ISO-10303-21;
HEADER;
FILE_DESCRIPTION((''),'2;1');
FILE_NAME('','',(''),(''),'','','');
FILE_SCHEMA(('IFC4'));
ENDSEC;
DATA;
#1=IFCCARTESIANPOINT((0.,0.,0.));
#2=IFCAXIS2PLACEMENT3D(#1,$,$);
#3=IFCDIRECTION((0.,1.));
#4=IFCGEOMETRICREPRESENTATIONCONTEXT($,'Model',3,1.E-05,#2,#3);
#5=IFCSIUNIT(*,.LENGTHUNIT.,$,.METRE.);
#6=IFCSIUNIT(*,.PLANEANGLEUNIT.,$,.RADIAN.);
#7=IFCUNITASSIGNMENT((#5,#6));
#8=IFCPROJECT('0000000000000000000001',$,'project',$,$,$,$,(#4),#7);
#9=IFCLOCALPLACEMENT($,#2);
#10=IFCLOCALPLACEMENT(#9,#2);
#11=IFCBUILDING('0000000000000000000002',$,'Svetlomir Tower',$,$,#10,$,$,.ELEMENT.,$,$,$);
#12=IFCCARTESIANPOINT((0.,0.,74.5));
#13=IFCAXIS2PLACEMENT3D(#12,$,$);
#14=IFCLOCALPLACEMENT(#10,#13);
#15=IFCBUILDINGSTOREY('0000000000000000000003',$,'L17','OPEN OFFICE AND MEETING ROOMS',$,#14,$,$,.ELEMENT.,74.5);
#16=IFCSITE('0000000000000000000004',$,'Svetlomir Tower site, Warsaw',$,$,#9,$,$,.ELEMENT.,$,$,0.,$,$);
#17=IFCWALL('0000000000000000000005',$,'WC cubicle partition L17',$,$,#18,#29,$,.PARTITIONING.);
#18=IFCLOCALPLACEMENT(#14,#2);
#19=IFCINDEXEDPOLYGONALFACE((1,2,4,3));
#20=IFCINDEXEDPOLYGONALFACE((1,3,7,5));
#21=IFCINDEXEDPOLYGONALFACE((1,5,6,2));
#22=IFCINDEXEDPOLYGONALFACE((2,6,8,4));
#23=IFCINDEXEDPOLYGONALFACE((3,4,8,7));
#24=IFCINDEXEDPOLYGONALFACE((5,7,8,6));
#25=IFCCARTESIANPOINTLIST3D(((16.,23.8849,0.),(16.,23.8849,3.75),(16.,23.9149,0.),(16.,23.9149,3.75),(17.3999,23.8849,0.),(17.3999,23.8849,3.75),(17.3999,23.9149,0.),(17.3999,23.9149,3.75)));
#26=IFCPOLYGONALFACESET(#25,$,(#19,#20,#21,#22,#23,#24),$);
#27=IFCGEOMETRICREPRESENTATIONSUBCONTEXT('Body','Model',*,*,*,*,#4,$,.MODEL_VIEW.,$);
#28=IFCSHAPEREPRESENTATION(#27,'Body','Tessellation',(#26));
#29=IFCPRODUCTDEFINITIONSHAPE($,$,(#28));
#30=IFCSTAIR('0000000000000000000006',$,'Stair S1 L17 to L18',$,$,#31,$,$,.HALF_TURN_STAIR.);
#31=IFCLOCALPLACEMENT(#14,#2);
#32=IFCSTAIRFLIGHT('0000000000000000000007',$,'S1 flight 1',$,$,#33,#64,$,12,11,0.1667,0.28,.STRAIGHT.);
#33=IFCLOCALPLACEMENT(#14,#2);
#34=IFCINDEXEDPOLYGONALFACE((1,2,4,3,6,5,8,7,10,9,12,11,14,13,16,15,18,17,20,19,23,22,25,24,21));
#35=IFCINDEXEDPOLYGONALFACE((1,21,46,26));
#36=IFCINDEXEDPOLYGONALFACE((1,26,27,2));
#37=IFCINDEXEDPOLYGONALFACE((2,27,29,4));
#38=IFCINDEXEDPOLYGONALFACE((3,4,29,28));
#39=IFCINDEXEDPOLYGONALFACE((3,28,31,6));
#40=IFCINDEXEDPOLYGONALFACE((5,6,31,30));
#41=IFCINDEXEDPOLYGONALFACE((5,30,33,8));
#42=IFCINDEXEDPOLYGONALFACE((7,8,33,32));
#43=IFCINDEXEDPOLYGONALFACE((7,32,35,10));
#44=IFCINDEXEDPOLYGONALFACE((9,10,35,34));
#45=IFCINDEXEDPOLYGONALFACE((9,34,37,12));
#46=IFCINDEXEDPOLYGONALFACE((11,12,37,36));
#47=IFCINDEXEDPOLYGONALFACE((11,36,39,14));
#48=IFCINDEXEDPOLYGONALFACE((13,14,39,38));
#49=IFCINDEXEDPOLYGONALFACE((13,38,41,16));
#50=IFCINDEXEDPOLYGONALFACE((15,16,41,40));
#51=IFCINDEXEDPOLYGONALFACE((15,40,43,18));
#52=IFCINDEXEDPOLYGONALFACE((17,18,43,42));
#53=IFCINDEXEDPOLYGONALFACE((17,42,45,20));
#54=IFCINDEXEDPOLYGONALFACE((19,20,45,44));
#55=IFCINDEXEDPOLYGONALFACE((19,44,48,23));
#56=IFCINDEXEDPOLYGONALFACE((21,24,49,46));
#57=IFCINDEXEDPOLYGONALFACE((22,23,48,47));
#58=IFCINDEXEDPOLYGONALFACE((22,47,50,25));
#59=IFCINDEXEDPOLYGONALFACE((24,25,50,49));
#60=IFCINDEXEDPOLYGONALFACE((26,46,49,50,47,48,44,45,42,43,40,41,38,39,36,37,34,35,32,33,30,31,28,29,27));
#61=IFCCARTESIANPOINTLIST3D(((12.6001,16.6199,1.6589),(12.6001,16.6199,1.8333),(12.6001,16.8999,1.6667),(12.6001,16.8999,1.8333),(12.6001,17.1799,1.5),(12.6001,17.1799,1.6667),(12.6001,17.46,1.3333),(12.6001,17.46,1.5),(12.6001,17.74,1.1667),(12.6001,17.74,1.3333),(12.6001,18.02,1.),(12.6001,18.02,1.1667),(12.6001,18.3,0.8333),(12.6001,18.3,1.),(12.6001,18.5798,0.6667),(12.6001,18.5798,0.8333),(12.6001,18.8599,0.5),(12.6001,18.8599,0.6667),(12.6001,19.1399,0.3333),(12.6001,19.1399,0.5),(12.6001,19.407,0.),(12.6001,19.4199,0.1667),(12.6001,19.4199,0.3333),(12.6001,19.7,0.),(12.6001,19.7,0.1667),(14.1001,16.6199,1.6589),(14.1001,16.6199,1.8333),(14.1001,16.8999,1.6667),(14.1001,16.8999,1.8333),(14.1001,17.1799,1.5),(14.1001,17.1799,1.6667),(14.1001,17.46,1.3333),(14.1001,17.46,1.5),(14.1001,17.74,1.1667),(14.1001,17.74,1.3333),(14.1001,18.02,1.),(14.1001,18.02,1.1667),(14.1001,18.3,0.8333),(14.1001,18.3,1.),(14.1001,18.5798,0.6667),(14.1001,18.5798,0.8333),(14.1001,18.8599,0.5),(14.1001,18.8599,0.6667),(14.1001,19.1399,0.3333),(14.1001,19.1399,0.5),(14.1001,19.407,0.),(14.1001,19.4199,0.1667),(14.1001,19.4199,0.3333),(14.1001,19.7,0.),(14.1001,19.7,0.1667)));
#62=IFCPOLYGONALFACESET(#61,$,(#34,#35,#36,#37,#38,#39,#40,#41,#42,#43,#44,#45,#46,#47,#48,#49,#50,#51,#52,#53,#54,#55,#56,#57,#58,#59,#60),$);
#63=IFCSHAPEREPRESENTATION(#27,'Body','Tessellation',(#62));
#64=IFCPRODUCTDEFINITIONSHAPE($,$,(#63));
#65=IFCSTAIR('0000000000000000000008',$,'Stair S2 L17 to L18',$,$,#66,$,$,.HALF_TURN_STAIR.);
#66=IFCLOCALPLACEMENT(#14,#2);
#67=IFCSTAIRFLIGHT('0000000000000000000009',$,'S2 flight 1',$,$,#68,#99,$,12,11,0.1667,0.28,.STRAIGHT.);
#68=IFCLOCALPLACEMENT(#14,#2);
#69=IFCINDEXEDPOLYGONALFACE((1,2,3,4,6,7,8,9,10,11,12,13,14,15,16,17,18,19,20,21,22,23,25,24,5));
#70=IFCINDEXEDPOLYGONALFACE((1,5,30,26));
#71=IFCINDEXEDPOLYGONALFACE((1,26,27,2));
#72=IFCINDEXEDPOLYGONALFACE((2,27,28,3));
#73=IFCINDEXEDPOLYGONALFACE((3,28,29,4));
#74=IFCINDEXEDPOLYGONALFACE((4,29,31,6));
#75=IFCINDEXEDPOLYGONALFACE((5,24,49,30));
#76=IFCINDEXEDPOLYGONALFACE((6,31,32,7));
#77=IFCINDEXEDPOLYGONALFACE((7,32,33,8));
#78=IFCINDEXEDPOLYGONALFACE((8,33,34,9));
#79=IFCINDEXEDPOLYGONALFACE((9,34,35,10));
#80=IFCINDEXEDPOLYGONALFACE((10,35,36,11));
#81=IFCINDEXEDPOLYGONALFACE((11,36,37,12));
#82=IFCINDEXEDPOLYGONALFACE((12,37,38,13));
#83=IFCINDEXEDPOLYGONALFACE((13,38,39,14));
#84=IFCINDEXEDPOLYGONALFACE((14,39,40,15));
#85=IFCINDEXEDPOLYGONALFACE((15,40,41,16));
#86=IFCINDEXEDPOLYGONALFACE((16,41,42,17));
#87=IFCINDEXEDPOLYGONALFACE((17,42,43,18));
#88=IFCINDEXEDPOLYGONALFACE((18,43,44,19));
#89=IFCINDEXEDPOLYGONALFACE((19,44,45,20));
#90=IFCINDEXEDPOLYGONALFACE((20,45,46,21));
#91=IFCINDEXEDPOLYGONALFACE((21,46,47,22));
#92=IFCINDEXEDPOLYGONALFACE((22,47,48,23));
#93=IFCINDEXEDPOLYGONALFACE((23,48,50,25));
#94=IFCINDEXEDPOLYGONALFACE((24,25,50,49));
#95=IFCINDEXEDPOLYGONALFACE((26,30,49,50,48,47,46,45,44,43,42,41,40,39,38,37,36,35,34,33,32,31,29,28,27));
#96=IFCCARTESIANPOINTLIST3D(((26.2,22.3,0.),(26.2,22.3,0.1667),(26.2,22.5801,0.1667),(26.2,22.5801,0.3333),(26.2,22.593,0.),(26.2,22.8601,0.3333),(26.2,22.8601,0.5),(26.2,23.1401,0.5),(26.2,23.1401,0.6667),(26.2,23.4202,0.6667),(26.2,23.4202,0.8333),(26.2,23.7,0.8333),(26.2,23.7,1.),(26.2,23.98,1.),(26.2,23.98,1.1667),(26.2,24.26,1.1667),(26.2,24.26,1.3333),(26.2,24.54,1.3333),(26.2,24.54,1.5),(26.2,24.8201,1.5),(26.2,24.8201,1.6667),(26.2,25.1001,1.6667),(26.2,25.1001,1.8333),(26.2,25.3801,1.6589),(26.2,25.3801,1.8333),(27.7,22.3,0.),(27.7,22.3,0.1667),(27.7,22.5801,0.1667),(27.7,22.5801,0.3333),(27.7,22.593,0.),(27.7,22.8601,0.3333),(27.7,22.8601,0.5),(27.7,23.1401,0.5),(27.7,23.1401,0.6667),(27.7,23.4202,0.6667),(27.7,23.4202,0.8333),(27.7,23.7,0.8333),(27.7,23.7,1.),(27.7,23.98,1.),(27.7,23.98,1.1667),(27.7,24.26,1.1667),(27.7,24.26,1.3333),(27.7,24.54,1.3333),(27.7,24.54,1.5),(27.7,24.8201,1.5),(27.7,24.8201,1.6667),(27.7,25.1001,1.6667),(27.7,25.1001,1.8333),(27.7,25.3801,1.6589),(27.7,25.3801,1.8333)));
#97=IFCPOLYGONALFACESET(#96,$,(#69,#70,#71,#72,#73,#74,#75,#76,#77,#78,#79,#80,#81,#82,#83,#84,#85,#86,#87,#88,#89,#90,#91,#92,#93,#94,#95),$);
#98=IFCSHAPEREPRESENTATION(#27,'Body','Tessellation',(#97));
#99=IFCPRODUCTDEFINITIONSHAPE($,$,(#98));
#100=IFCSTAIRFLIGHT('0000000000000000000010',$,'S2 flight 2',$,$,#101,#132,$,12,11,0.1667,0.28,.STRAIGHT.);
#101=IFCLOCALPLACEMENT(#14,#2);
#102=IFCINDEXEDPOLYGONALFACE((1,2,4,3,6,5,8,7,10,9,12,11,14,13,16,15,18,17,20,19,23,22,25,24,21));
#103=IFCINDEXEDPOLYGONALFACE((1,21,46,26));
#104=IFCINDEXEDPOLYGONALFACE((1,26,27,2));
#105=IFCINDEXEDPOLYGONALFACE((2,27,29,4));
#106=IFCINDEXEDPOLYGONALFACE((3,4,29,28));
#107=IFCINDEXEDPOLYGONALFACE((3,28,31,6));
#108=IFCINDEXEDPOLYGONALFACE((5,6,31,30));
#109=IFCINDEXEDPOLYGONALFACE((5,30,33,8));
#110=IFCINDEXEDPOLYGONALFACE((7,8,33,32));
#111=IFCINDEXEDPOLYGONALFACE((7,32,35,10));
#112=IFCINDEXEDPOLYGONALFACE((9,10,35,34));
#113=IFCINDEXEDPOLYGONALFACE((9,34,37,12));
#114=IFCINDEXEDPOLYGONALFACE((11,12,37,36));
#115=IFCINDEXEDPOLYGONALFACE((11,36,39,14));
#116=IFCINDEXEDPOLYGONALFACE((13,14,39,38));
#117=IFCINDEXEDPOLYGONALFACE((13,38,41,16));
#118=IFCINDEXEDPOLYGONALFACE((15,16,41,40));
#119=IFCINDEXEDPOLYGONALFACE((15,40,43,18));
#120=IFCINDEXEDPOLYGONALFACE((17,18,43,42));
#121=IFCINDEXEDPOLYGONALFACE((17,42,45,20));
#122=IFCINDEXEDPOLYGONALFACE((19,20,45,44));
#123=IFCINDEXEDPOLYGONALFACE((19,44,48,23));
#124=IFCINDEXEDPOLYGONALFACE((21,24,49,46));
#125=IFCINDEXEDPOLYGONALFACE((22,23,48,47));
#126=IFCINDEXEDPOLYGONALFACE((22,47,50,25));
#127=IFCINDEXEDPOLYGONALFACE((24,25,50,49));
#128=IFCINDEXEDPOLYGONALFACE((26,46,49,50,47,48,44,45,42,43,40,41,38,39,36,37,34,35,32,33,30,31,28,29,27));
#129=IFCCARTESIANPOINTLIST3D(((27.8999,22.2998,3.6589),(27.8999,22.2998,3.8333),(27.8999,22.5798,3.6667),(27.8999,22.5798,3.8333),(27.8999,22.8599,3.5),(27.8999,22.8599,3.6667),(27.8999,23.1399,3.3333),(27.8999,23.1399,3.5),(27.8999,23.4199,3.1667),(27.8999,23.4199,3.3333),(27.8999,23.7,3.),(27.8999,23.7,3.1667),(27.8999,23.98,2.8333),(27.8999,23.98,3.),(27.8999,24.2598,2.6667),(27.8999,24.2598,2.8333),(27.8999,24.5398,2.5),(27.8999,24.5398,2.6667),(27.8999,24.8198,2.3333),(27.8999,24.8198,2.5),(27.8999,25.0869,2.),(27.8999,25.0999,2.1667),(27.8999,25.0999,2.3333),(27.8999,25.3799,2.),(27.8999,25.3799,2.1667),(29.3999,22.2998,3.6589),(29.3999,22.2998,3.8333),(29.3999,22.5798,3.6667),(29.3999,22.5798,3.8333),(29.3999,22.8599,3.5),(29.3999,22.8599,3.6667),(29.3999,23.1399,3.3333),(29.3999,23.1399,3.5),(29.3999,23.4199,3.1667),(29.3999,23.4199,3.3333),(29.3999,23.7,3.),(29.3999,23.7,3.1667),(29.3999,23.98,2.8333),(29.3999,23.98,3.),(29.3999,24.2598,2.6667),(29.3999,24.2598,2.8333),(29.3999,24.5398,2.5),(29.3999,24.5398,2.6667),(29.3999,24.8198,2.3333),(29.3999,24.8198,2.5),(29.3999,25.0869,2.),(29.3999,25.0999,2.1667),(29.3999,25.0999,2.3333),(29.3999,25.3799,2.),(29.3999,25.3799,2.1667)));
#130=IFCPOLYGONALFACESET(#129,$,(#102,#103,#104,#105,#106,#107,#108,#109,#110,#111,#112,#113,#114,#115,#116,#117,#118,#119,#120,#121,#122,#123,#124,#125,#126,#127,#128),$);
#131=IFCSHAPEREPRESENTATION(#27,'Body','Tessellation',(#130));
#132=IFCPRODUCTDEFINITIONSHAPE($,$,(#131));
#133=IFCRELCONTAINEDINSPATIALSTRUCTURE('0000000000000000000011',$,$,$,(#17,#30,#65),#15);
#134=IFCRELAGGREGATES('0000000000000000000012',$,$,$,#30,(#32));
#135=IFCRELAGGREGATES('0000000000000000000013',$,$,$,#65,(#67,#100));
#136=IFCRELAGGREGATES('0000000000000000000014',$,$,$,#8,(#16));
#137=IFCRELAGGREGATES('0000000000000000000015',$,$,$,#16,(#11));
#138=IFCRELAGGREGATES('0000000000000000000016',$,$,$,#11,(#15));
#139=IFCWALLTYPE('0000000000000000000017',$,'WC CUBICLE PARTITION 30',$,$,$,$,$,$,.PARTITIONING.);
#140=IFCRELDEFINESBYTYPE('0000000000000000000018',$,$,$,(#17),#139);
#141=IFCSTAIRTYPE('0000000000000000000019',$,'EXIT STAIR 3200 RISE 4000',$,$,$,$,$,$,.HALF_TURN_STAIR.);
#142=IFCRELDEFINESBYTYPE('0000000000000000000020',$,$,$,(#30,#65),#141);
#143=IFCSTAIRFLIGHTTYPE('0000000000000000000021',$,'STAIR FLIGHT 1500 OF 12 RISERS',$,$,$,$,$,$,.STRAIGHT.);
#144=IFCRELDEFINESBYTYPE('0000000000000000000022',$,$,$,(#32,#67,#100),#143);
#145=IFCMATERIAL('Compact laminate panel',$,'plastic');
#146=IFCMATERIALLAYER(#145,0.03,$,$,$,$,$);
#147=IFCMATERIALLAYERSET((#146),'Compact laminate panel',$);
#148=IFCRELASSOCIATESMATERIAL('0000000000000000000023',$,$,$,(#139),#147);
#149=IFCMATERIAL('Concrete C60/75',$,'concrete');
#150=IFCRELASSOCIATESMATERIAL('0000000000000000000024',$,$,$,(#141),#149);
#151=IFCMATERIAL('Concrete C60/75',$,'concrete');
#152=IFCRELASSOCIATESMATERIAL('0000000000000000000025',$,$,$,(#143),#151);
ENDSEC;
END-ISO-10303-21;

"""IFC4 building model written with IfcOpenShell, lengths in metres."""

from ifc_helpers import new_model, si_unit, direction, frame, frame_2d, origin, place, context, subcontext, project, spatial, polyline, rectangle, outline, extrude, material, layer, layer_set, type_object, element, aggregate, save


model = new_model("IFC4")

# Units and contexts
model_context = context("Model", 3, precision=1e-05, world=origin(), true_north=direction((0.0, 1.0)))
body_context = subcontext(model_context, "Body", "Model", "MODEL_VIEW")
ifc_project = project(units=[si_unit("LENGTHUNIT", "METRE"), si_unit("PLANEANGLEUNIT", "RADIAN")], contexts=[model_context])

# Site, building, storey
site_placement = place(None, origin())
site = spatial("IfcSite", under=ifc_project, at=site_placement, Name="Svetlomir Tower site, Warsaw", CompositionType="ELEMENT", RefElevation=0.0)
building_placement = place(site_placement, origin())
building = spatial("IfcBuilding", under=site, at=building_placement, Name="Svetlomir Tower", CompositionType="ELEMENT")
storey_placement = place(building_placement, frame((0.0, 0.0, 74.5)))
storey = spatial("IfcBuildingStorey", under=building, at=storey_placement, Name="L17", Description="OPEN OFFICE AND MEETING ROOMS", CompositionType="ELEMENT", Elevation=74.5)

# Wall
ifc_material_1 = material(Name="Compact laminate panel", Category="plastic")
ifc_layer_1 = layer(ifc_material_1, 0.03)
ifc_layer_set_1 = layer_set([ifc_layer_1], Name="Compact laminate panel")
wall_type_1 = type_object("IfcWallType", Name="WC CUBICLE PARTITION 30", PredefinedType="PARTITIONING", material=ifc_layer_set_1)
wall_1_placement = place(storey_placement, frame((16.0, 23.8999, 0.0), z_axis=(0.0, 0.0, 1.0), x_axis=(1.0, 0.0, 0.0)))
element("IfcWall", 1, at=wall_1_placement, inside=storey, type_object=wall_type_1, Name="WC cubicle partition L17", PredefinedType="PARTITIONING", context=body_context, shape_type="SweptSolid", body=[
    extrude(rectangle(XDim=1.3999, YDim=0.03, at=frame_2d((0.7, 0.0))), origin(), (0.0, 0.0, 1.0), 3.75),
])

# Stair, stair flight
ifc_material_2 = material(Name="Concrete C60/75", Category="concrete")
stair_type = type_object("IfcStairType", Name="EXIT STAIR 3200 RISE 4000", PredefinedType="HALF_TURN_STAIR", material=ifc_material_2)
stair_1_placement = place(storey_placement, origin())
stair_1 = element("IfcStair", 2, at=stair_1_placement, inside=storey, type_object=stair_type, Name="Stair S1 L17 to L18", PredefinedType="HALF_TURN_STAIR")
ifc_material_3 = material(Name="Concrete C60/75", Category="concrete")
stair_flight_type = type_object("IfcStairFlightType", Name="STAIR FLIGHT 1500 OF 12 RISERS", PredefinedType="STRAIGHT", material=ifc_material_3)
stair_flight_1_placement = place(storey_placement, frame((13.3501, 19.7, 0.0), z_axis=(0.0, 0.0, 1.0), x_axis=(0.0, -1.0, 0.0)))
stair_flight_1 = element("IfcStairFlight", 3, at=stair_flight_1_placement, type_object=stair_flight_type, Name="S1 flight 1", NumberOfRisers=12, NumberOfTreads=11, PredefinedType="STRAIGHT", RiserHeight=0.1667, TreadLength=0.28, context=body_context, shape_type="SweptSolid", body=[
    extrude(outline(polyline([(0.0, 0.0), (0.0, 0.1667), (0.28, 0.1667), (0.28, 0.3333), (0.5601, 0.3333), (0.5601, 0.5), (0.8401, 0.5), (0.8401, 0.6667), (1.1201, 0.6667), (1.1201, 0.8333), (1.3999, 0.8333), (1.3999, 1.0), (1.6799, 1.0), (1.6799, 1.1667), (1.96, 1.1667), (1.96, 1.3333), (2.24, 1.3333), (2.24, 1.5), (2.52, 1.5), (2.52, 1.6667), (2.8, 1.6667), (2.8, 1.8333), (3.0801, 1.8333), (3.0801, 2.0), (3.0801, 1.6589), (0.293, 0.0), (0.0, 0.0)])), frame((0.0, 0.75, 0.0), z_axis=(0.0, -1.0, 0.0), x_axis=(1.0, 0.0, 0.0)), (0.0, 0.0, 1.0), 1.5),
])
aggregate(stair_1, [stair_flight_1])

# Stair, stair flights
stair_2_placement = place(storey_placement, origin())
stair_2 = element("IfcStair", 4, at=stair_2_placement, inside=storey, type_object=stair_type, Name="Stair S2 L17 to L18", PredefinedType="HALF_TURN_STAIR")
stair_flight_2_placement = place(storey_placement, frame((26.95, 22.3, 0.0), z_axis=(0.0, 0.0, 1.0), x_axis=(0.0, 1.0, 0.0)))
stair_flight_2 = element("IfcStairFlight", 5, at=stair_flight_2_placement, type_object=stair_flight_type, Name="S2 flight 1", NumberOfRisers=12, NumberOfTreads=11, PredefinedType="STRAIGHT", RiserHeight=0.1667, TreadLength=0.28, context=body_context, shape_type="SweptSolid", body=[
    extrude(outline(polyline([(0.0, 0.0), (0.0, 0.1667), (0.28, 0.1667), (0.28, 0.3333), (0.5601, 0.3333), (0.5601, 0.5), (0.8401, 0.5), (0.8401, 0.6667), (1.1201, 0.6667), (1.1201, 0.8333), (1.3999, 0.8333), (1.3999, 1.0), (1.6799, 1.0), (1.6799, 1.1667), (1.96, 1.1667), (1.96, 1.3333), (2.24, 1.3333), (2.24, 1.5), (2.52, 1.5), (2.52, 1.6667), (2.8, 1.6667), (2.8, 1.8333), (3.0801, 1.8333), (3.0801, 2.0), (3.0801, 1.6589), (0.293, 0.0), (0.0, 0.0)])), frame((0.0, 0.75, 0.0), z_axis=(0.0, -1.0, 0.0), x_axis=(1.0, 0.0, 0.0)), (0.0, 0.0, 1.0), 1.5),
])
stair_flight_3_placement = place(storey_placement, frame((28.6499, 25.3799, 2.0), z_axis=(0.0, 0.0, 1.0), x_axis=(0.0, -1.0, 0.0)))
stair_flight_3 = element("IfcStairFlight", 6, at=stair_flight_3_placement, type_object=stair_flight_type, Name="S2 flight 2", NumberOfRisers=12, NumberOfTreads=11, PredefinedType="STRAIGHT", RiserHeight=0.1667, TreadLength=0.28, context=body_context, shape_type="SweptSolid", body=[
    extrude(outline(polyline([(0.0, 0.0), (0.0, 0.1667), (0.28, 0.1667), (0.28, 0.3333), (0.5601, 0.3333), (0.5601, 0.5), (0.8401, 0.5), (0.8401, 0.6667), (1.1201, 0.6667), (1.1201, 0.8333), (1.3999, 0.8333), (1.3999, 1.0), (1.6799, 1.0), (1.6799, 1.1667), (1.96, 1.1667), (1.96, 1.3333), (2.24, 1.3333), (2.24, 1.5), (2.52, 1.5), (2.52, 1.6667), (2.8, 1.6667), (2.8, 1.8333), (3.0801, 1.8333), (3.0801, 2.0), (3.0801, 1.6589), (0.293, 0.0), (0.0, 0.0)])), frame((0.0, 0.75, 0.0), z_axis=(0.0, -1.0, 0.0), x_axis=(1.0, 0.0, 0.0)), (0.0, 0.0, 1.0), 1.5),
])
aggregate(stair_2, [stair_flight_2, stair_flight_3])

save(model, "model.ifc")
